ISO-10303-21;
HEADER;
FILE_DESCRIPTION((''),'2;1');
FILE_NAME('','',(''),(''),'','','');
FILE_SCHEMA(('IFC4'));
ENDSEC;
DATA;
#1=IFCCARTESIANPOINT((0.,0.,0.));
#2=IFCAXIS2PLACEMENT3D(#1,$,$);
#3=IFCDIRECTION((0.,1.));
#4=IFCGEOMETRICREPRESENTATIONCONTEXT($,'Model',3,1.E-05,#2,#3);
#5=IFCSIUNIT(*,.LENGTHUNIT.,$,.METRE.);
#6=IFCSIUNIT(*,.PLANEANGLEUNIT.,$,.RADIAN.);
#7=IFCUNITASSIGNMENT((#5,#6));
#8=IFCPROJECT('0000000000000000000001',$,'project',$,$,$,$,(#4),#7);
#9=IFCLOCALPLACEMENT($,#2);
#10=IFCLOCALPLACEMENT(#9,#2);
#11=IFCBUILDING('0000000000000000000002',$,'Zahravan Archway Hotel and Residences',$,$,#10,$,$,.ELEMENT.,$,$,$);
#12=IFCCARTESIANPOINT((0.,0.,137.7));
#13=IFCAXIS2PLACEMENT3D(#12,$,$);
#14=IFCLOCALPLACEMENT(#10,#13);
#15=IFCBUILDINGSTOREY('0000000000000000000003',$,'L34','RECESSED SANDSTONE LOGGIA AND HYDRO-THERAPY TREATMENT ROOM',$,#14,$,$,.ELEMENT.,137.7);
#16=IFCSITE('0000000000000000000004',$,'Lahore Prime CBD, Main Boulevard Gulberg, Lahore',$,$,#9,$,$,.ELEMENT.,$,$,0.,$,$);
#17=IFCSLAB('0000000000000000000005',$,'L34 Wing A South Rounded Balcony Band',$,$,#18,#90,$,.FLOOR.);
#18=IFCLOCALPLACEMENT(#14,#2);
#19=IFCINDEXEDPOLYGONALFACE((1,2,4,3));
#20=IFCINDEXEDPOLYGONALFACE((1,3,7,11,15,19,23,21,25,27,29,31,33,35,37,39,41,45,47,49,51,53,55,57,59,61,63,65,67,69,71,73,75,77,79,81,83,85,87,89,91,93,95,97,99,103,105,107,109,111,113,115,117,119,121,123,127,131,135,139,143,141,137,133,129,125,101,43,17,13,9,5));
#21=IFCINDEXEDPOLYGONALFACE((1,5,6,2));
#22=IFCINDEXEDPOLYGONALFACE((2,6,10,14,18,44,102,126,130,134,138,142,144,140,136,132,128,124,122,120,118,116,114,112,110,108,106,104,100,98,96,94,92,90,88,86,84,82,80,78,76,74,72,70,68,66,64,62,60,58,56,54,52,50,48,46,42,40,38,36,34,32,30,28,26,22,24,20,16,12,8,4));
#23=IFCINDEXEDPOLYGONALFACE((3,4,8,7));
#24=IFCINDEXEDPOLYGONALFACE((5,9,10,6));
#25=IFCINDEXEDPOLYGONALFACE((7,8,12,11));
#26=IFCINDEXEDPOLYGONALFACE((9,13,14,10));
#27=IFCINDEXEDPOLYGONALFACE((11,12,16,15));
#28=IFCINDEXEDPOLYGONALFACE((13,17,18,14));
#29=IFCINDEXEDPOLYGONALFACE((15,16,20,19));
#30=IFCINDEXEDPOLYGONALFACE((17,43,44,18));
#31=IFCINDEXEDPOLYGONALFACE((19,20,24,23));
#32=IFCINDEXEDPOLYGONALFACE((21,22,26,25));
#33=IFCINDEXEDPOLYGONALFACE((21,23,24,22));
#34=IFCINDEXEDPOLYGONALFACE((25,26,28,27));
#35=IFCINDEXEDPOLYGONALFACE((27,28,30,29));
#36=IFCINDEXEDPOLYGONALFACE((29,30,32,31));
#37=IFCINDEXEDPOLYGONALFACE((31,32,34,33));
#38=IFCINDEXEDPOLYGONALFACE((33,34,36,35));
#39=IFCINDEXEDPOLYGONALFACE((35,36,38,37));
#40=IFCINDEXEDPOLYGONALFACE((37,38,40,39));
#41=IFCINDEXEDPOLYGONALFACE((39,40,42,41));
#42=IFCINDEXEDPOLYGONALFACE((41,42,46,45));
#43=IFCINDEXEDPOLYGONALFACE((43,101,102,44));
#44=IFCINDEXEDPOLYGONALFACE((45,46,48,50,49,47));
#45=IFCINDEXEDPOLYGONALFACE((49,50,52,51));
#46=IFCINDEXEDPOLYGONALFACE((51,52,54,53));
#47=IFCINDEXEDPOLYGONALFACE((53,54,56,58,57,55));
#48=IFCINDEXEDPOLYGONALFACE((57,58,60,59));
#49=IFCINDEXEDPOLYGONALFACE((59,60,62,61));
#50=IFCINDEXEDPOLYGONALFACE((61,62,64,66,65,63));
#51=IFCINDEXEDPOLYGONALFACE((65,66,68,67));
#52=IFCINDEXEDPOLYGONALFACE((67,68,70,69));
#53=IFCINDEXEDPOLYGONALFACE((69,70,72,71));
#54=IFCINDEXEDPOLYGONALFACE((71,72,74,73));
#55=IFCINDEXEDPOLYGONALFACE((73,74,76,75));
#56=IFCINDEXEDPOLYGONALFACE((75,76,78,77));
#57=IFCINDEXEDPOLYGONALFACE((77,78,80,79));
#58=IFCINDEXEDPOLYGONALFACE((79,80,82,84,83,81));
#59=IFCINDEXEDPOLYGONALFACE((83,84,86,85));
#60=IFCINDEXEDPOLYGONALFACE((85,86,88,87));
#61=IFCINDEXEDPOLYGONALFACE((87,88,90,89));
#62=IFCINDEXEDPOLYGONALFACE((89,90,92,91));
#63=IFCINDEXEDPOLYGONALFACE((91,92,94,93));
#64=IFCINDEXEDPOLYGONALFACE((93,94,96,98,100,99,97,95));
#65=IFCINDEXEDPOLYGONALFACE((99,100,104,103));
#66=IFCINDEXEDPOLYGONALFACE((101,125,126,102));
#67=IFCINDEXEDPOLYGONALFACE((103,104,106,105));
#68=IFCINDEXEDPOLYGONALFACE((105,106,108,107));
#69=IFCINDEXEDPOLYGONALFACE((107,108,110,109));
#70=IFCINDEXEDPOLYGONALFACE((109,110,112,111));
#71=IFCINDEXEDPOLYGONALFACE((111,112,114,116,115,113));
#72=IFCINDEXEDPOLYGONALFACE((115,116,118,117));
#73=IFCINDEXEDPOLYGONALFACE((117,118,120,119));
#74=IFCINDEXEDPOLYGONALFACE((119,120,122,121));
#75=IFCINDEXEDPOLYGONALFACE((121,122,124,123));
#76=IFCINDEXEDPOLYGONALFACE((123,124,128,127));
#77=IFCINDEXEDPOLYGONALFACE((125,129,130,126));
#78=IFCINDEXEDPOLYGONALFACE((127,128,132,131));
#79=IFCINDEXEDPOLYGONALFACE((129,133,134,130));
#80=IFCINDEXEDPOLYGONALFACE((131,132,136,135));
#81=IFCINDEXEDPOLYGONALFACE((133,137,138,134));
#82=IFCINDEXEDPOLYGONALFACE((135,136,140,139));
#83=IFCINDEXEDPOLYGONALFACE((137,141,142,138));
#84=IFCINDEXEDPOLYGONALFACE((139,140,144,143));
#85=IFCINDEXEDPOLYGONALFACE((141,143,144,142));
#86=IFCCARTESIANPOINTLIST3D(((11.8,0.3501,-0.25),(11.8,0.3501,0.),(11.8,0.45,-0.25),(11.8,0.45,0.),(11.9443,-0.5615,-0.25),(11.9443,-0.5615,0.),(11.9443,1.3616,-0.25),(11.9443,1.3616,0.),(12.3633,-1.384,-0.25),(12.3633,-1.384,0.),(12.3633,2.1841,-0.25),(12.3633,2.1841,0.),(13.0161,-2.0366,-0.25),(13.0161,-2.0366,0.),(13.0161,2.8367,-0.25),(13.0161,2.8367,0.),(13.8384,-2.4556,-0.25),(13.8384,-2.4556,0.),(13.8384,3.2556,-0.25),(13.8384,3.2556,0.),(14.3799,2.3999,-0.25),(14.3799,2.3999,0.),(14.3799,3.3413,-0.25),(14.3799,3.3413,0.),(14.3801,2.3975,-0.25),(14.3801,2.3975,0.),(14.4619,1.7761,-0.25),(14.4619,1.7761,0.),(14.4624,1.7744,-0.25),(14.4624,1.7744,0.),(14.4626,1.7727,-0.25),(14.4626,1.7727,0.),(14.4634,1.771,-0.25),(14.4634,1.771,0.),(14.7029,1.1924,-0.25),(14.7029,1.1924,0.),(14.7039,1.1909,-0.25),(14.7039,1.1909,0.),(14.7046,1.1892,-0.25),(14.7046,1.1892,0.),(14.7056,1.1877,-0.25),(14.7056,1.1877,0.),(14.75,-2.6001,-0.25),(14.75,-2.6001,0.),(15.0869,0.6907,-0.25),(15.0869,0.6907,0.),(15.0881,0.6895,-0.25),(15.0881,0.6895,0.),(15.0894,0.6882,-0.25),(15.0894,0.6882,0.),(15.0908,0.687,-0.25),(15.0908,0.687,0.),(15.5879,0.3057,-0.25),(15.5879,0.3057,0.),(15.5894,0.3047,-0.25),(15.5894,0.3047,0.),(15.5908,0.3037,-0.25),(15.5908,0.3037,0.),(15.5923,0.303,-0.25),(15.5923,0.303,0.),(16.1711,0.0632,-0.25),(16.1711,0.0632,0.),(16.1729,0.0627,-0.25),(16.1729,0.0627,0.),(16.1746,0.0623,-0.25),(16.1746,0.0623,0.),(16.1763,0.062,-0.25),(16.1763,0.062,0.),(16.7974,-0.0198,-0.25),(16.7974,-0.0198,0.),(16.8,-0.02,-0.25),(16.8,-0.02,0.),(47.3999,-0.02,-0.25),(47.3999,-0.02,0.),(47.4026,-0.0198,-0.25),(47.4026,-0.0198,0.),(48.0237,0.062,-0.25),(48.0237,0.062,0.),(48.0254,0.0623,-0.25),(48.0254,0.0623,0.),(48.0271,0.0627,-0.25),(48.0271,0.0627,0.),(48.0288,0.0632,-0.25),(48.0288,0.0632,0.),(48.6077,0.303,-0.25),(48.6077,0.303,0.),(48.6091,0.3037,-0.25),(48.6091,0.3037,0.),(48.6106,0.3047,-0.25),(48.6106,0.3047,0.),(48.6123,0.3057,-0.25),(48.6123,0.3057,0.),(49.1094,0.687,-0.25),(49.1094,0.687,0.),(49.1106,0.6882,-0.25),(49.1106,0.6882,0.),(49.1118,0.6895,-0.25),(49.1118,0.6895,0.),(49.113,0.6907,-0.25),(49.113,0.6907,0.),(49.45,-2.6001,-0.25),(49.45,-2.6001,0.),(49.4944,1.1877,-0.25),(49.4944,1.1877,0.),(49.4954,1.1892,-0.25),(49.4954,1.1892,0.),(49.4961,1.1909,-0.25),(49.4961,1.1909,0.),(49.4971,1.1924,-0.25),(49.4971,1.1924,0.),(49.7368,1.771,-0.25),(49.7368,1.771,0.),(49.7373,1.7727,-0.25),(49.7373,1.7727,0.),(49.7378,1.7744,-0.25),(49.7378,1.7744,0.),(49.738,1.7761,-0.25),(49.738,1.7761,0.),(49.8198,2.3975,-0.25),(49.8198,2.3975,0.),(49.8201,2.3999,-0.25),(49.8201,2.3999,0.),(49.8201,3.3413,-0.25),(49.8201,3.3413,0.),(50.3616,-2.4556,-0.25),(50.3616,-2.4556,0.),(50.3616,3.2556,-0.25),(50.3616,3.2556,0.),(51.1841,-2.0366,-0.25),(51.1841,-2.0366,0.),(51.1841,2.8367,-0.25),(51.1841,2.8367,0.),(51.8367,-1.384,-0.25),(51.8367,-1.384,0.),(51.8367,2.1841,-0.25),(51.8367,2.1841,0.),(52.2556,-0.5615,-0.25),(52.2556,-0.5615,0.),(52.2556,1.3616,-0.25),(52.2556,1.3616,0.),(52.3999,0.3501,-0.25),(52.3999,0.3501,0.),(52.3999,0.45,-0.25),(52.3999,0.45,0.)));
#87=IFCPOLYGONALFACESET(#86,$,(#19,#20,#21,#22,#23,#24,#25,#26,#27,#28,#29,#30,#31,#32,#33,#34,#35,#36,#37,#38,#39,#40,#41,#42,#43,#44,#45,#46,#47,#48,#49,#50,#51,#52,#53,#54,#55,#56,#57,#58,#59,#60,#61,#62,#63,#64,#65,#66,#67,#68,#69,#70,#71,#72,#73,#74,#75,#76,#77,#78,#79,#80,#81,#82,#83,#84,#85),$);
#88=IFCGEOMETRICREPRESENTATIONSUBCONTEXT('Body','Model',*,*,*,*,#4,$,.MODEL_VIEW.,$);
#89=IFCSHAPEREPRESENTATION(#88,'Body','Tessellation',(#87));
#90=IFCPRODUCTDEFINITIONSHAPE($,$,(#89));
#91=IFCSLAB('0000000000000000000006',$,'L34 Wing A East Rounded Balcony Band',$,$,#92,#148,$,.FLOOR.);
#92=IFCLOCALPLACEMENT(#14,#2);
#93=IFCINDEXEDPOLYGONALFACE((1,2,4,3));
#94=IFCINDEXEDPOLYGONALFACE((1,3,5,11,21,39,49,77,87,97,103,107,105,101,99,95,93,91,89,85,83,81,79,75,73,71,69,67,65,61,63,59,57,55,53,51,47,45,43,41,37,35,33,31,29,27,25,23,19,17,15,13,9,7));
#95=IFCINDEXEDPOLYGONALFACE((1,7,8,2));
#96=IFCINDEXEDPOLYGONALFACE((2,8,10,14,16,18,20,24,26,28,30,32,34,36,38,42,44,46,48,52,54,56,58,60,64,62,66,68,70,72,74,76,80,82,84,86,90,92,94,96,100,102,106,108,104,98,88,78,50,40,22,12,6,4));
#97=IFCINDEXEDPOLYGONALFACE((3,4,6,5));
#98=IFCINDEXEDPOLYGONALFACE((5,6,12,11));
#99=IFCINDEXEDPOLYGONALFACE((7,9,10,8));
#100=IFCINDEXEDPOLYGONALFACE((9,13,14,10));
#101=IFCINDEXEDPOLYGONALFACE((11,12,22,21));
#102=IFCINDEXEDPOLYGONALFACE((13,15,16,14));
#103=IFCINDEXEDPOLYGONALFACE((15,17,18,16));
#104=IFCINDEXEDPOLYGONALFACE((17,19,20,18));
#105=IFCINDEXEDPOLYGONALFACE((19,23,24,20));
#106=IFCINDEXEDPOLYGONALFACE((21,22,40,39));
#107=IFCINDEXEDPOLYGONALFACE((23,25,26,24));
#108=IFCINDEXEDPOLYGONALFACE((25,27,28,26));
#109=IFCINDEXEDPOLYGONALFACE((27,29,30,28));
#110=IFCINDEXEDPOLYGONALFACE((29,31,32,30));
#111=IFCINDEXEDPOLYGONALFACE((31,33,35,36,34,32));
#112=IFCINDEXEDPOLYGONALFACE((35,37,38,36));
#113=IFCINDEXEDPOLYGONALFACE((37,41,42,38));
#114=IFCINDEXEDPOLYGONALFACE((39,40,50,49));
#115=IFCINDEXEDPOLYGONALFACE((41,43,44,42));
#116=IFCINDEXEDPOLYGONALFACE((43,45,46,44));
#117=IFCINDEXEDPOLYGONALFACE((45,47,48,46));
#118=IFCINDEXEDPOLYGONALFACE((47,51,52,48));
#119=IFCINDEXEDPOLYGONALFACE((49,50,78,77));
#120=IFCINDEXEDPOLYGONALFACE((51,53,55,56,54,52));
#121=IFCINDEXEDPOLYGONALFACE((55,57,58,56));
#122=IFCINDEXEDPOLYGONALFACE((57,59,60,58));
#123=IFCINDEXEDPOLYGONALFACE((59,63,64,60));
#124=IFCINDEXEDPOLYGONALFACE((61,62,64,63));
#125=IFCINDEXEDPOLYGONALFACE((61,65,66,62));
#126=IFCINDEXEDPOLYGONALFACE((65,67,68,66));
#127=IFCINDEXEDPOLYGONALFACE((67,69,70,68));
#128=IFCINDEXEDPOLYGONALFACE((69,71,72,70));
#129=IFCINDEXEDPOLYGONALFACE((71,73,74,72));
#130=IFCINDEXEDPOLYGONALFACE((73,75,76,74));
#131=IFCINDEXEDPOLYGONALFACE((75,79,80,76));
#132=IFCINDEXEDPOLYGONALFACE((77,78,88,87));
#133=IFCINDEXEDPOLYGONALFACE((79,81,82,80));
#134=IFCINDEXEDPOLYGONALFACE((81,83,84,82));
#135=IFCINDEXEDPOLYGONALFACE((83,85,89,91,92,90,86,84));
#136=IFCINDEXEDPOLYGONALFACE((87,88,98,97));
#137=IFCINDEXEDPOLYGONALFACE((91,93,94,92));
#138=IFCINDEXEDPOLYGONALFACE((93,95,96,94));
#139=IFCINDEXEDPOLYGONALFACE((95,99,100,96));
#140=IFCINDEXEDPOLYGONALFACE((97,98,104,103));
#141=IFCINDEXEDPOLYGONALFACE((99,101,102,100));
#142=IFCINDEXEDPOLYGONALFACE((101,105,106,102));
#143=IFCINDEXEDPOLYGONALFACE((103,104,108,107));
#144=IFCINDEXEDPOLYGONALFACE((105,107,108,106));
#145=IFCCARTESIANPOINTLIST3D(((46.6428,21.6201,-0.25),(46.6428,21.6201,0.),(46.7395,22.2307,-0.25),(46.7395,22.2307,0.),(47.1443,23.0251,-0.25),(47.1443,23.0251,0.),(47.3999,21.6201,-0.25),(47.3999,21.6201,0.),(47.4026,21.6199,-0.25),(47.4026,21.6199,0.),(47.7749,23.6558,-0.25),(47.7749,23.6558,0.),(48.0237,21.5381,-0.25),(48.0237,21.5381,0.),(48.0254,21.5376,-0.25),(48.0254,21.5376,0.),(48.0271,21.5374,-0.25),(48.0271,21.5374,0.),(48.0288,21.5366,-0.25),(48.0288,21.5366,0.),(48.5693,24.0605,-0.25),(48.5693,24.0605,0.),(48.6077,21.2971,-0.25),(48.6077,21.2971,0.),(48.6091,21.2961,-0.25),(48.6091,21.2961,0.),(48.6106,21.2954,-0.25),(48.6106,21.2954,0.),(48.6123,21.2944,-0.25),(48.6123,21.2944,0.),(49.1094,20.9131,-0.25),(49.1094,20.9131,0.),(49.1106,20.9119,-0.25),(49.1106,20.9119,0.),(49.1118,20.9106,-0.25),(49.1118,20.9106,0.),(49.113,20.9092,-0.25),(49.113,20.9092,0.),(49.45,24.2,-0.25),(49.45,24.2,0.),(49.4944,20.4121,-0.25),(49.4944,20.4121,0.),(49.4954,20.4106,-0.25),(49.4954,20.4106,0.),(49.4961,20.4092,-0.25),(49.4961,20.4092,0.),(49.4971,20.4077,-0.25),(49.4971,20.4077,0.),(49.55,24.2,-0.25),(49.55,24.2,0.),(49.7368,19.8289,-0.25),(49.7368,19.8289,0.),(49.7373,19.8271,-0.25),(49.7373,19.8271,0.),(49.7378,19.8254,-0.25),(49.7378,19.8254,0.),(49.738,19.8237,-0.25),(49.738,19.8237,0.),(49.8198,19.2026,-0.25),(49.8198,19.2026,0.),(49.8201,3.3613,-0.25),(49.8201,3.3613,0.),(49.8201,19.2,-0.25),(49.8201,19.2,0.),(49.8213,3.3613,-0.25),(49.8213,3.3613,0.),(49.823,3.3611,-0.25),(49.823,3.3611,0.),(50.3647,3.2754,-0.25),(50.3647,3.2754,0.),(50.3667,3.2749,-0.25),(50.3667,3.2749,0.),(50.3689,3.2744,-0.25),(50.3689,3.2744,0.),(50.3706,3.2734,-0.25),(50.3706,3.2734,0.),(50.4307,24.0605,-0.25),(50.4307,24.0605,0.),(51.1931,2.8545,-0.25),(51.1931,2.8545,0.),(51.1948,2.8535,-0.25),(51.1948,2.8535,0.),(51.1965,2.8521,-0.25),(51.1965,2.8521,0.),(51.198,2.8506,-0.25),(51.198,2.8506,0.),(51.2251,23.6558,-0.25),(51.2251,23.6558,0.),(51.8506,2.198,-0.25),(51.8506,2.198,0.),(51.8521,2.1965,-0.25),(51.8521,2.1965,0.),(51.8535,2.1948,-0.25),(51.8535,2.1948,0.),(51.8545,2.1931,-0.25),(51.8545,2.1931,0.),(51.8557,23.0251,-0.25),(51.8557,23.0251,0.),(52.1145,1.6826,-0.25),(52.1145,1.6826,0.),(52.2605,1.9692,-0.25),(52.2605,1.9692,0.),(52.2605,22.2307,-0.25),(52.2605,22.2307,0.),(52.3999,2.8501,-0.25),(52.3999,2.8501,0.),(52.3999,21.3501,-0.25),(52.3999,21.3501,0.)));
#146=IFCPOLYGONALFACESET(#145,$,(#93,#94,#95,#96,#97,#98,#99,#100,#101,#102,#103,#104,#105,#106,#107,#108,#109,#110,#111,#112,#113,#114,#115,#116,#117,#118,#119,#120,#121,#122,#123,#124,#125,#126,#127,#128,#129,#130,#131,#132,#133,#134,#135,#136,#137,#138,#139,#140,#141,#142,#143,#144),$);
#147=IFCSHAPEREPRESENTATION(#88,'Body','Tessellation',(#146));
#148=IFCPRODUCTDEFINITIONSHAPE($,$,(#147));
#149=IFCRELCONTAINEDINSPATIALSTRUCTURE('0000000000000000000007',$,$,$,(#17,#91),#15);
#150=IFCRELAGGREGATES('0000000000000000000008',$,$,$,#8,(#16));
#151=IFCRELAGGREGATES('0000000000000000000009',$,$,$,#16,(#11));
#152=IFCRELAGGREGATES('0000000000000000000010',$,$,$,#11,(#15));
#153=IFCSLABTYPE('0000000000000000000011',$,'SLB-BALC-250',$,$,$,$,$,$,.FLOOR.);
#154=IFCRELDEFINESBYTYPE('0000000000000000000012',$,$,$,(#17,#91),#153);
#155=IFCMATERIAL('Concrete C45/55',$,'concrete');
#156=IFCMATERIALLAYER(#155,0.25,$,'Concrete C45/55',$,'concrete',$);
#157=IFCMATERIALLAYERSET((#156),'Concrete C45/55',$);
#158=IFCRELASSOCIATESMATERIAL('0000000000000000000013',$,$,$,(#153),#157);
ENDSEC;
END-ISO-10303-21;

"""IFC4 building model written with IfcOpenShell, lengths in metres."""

from ifc_helpers import new_model, si_unit, direction, frame, origin, place, context, subcontext, project, spatial, polyline, outline, extrude, material, layer, layer_set, type_object, element, save


model = new_model("IFC4")

# Units and contexts
model_context = context("Model", 3, precision=1e-05, world=origin(), true_north=direction((0.0, 1.0)))
body_context = subcontext(model_context, "Body", "Model", "MODEL_VIEW")
ifc_project = project(units=[si_unit("LENGTHUNIT", "METRE"), si_unit("PLANEANGLEUNIT", "RADIAN")], contexts=[model_context])

# Site, building, storey
site_placement = place(None, origin())
site = spatial("IfcSite", under=ifc_project, at=site_placement, Name="Lahore Prime CBD, Main Boulevard Gulberg, Lahore", CompositionType="ELEMENT", RefElevation=0.0)
building_placement = place(site_placement, origin())
building = spatial("IfcBuilding", under=site, at=building_placement, Name="Zahravan Archway Hotel and Residences", CompositionType="ELEMENT")
storey_placement = place(building_placement, frame((0.0, 0.0, 137.7)))
storey = spatial("IfcBuildingStorey", under=building, at=storey_placement, Name="L34", Description="RECESSED SANDSTONE LOGGIA AND HYDRO-THERAPY TREATMENT ROOM", CompositionType="ELEMENT", Elevation=137.7)

# Slabs
ifc_material_1 = material(Name="Concrete C45/55", Category="concrete")
ifc_layer_1 = layer(ifc_material_1, 0.25, Name="Concrete C45/55", Category="concrete")
ifc_layer_set_1 = layer_set([ifc_layer_1], Name="Concrete C45/55")
slab_type_1 = type_object("IfcSlabType", Name="SLB-BALC-250", PredefinedType="FLOOR", material=ifc_layer_set_1)
slab_1_placement = place(storey_placement, frame((0.0, 0.0, -0.25)))
element("IfcSlab", 1, at=slab_1_placement, inside=storey, type_object=slab_type_1, Name="L34 Wing A South Rounded Balcony Band", PredefinedType="FLOOR", context=body_context, shape_type="SweptSolid", body=[
    extrude(outline(polyline([(50.3616, 3.2556), (51.1841, 2.8367), (51.8367, 2.1841), (52.2556, 1.3616), (52.3999, 0.45), (52.3999, 0.3501), (52.2556, -0.5615), (51.8367, -1.384), (51.1841, -2.0366), (50.3616, -2.4556), (49.45, -2.6001), (14.75, -2.6001), (13.8384, -2.4556), (13.0161, -2.0366), (12.3633, -1.384), (11.9443, -0.5615), (11.8, 0.3501), (11.8, 0.45), (11.9443, 1.3616), (12.3633, 2.1841), (13.0161, 2.8367), (13.8384, 3.2556), (14.3799, 3.3413), (14.3799, 2.3999), (14.3801, 2.3975), (14.4619, 1.7761), (14.4624, 1.7744), (14.4626, 1.7727), (14.4634, 1.771), (14.7029, 1.1924), (14.7039, 1.1909), (14.7046, 1.1892), (14.7056, 1.1877), (15.0869, 0.6907), (15.0881, 0.6895), (15.0894, 0.6882), (15.0908, 0.687), (15.5879, 0.3057), (15.5894, 0.3047), (15.5908, 0.3037), (15.5923, 0.303), (16.1711, 0.0632), (16.1729, 0.0627), (16.1746, 0.0623), (16.1763, 0.062), (16.7974, -0.0198), (16.8, -0.02), (47.3999, -0.02), (47.4026, -0.0198), (48.0237, 0.062), (48.0254, 0.0623), (48.0271, 0.0627), (48.0288, 0.0632), (48.6077, 0.303), (48.6091, 0.3037), (48.6106, 0.3047), (48.6123, 0.3057), (49.1094, 0.687), (49.1106, 0.6882), (49.1118, 0.6895), (49.113, 0.6907), (49.4944, 1.1877), (49.4954, 1.1892), (49.4961, 1.1909), (49.4971, 1.1924), (49.7368, 1.771), (49.7373, 1.7727), (49.7378, 1.7744), (49.738, 1.7761), (49.8198, 2.3975), (49.8201, 2.3999), (49.8201, 3.3413), (50.3616, 3.2556)])), origin(), (0.0, 0.0, 1.0), 0.25),
])
slab_2_placement = place(storey_placement, frame((0.0, 0.0, -0.25)))
element("IfcSlab", 2, at=slab_2_placement, inside=storey, type_object=slab_type_1, Name="L34 Wing A East Rounded Balcony Band", PredefinedType="FLOOR", context=body_context, shape_type="SweptSolid", body=[
    extrude(outline(polyline([(46.7395, 22.2307), (47.1443, 23.0251), (47.7749, 23.6558), (48.5693, 24.0605), (49.45, 24.2), (49.55, 24.2), (50.4307, 24.0605), (51.2251, 23.6558), (51.8557, 23.0251), (52.2605, 22.2307), (52.3999, 21.3501), (52.3999, 2.8501), (52.2605, 1.9692), (52.1145, 1.6826), (51.8545, 2.1931), (51.8535, 2.1948), (51.8521, 2.1965), (51.8506, 2.198), (51.198, 2.8506), (51.1965, 2.8521), (51.1948, 2.8535), (51.1931, 2.8545), (50.3706, 3.2734), (50.3689, 3.2744), (50.3667, 3.2749), (50.3647, 3.2754), (49.823, 3.3611), (49.8213, 3.3613), (49.8201, 3.3613), (49.8201, 19.2), (49.8198, 19.2026), (49.738, 19.8237), (49.7378, 19.8254), (49.7373, 19.8271), (49.7368, 19.8289), (49.4971, 20.4077), (49.4961, 20.4092), (49.4954, 20.4106), (49.4944, 20.4121), (49.113, 20.9092), (49.1118, 20.9106), (49.1106, 20.9119), (49.1094, 20.9131), (48.6123, 21.2944), (48.6106, 21.2954), (48.6091, 21.2961), (48.6077, 21.2971), (48.0288, 21.5366), (48.0271, 21.5374), (48.0254, 21.5376), (48.0237, 21.5381), (47.4026, 21.6199), (47.3999, 21.6201), (46.6428, 21.6201), (46.7395, 22.2307)])), origin(), (0.0, 0.0, 1.0), 0.25),
])

save(model, "model.ifc")
